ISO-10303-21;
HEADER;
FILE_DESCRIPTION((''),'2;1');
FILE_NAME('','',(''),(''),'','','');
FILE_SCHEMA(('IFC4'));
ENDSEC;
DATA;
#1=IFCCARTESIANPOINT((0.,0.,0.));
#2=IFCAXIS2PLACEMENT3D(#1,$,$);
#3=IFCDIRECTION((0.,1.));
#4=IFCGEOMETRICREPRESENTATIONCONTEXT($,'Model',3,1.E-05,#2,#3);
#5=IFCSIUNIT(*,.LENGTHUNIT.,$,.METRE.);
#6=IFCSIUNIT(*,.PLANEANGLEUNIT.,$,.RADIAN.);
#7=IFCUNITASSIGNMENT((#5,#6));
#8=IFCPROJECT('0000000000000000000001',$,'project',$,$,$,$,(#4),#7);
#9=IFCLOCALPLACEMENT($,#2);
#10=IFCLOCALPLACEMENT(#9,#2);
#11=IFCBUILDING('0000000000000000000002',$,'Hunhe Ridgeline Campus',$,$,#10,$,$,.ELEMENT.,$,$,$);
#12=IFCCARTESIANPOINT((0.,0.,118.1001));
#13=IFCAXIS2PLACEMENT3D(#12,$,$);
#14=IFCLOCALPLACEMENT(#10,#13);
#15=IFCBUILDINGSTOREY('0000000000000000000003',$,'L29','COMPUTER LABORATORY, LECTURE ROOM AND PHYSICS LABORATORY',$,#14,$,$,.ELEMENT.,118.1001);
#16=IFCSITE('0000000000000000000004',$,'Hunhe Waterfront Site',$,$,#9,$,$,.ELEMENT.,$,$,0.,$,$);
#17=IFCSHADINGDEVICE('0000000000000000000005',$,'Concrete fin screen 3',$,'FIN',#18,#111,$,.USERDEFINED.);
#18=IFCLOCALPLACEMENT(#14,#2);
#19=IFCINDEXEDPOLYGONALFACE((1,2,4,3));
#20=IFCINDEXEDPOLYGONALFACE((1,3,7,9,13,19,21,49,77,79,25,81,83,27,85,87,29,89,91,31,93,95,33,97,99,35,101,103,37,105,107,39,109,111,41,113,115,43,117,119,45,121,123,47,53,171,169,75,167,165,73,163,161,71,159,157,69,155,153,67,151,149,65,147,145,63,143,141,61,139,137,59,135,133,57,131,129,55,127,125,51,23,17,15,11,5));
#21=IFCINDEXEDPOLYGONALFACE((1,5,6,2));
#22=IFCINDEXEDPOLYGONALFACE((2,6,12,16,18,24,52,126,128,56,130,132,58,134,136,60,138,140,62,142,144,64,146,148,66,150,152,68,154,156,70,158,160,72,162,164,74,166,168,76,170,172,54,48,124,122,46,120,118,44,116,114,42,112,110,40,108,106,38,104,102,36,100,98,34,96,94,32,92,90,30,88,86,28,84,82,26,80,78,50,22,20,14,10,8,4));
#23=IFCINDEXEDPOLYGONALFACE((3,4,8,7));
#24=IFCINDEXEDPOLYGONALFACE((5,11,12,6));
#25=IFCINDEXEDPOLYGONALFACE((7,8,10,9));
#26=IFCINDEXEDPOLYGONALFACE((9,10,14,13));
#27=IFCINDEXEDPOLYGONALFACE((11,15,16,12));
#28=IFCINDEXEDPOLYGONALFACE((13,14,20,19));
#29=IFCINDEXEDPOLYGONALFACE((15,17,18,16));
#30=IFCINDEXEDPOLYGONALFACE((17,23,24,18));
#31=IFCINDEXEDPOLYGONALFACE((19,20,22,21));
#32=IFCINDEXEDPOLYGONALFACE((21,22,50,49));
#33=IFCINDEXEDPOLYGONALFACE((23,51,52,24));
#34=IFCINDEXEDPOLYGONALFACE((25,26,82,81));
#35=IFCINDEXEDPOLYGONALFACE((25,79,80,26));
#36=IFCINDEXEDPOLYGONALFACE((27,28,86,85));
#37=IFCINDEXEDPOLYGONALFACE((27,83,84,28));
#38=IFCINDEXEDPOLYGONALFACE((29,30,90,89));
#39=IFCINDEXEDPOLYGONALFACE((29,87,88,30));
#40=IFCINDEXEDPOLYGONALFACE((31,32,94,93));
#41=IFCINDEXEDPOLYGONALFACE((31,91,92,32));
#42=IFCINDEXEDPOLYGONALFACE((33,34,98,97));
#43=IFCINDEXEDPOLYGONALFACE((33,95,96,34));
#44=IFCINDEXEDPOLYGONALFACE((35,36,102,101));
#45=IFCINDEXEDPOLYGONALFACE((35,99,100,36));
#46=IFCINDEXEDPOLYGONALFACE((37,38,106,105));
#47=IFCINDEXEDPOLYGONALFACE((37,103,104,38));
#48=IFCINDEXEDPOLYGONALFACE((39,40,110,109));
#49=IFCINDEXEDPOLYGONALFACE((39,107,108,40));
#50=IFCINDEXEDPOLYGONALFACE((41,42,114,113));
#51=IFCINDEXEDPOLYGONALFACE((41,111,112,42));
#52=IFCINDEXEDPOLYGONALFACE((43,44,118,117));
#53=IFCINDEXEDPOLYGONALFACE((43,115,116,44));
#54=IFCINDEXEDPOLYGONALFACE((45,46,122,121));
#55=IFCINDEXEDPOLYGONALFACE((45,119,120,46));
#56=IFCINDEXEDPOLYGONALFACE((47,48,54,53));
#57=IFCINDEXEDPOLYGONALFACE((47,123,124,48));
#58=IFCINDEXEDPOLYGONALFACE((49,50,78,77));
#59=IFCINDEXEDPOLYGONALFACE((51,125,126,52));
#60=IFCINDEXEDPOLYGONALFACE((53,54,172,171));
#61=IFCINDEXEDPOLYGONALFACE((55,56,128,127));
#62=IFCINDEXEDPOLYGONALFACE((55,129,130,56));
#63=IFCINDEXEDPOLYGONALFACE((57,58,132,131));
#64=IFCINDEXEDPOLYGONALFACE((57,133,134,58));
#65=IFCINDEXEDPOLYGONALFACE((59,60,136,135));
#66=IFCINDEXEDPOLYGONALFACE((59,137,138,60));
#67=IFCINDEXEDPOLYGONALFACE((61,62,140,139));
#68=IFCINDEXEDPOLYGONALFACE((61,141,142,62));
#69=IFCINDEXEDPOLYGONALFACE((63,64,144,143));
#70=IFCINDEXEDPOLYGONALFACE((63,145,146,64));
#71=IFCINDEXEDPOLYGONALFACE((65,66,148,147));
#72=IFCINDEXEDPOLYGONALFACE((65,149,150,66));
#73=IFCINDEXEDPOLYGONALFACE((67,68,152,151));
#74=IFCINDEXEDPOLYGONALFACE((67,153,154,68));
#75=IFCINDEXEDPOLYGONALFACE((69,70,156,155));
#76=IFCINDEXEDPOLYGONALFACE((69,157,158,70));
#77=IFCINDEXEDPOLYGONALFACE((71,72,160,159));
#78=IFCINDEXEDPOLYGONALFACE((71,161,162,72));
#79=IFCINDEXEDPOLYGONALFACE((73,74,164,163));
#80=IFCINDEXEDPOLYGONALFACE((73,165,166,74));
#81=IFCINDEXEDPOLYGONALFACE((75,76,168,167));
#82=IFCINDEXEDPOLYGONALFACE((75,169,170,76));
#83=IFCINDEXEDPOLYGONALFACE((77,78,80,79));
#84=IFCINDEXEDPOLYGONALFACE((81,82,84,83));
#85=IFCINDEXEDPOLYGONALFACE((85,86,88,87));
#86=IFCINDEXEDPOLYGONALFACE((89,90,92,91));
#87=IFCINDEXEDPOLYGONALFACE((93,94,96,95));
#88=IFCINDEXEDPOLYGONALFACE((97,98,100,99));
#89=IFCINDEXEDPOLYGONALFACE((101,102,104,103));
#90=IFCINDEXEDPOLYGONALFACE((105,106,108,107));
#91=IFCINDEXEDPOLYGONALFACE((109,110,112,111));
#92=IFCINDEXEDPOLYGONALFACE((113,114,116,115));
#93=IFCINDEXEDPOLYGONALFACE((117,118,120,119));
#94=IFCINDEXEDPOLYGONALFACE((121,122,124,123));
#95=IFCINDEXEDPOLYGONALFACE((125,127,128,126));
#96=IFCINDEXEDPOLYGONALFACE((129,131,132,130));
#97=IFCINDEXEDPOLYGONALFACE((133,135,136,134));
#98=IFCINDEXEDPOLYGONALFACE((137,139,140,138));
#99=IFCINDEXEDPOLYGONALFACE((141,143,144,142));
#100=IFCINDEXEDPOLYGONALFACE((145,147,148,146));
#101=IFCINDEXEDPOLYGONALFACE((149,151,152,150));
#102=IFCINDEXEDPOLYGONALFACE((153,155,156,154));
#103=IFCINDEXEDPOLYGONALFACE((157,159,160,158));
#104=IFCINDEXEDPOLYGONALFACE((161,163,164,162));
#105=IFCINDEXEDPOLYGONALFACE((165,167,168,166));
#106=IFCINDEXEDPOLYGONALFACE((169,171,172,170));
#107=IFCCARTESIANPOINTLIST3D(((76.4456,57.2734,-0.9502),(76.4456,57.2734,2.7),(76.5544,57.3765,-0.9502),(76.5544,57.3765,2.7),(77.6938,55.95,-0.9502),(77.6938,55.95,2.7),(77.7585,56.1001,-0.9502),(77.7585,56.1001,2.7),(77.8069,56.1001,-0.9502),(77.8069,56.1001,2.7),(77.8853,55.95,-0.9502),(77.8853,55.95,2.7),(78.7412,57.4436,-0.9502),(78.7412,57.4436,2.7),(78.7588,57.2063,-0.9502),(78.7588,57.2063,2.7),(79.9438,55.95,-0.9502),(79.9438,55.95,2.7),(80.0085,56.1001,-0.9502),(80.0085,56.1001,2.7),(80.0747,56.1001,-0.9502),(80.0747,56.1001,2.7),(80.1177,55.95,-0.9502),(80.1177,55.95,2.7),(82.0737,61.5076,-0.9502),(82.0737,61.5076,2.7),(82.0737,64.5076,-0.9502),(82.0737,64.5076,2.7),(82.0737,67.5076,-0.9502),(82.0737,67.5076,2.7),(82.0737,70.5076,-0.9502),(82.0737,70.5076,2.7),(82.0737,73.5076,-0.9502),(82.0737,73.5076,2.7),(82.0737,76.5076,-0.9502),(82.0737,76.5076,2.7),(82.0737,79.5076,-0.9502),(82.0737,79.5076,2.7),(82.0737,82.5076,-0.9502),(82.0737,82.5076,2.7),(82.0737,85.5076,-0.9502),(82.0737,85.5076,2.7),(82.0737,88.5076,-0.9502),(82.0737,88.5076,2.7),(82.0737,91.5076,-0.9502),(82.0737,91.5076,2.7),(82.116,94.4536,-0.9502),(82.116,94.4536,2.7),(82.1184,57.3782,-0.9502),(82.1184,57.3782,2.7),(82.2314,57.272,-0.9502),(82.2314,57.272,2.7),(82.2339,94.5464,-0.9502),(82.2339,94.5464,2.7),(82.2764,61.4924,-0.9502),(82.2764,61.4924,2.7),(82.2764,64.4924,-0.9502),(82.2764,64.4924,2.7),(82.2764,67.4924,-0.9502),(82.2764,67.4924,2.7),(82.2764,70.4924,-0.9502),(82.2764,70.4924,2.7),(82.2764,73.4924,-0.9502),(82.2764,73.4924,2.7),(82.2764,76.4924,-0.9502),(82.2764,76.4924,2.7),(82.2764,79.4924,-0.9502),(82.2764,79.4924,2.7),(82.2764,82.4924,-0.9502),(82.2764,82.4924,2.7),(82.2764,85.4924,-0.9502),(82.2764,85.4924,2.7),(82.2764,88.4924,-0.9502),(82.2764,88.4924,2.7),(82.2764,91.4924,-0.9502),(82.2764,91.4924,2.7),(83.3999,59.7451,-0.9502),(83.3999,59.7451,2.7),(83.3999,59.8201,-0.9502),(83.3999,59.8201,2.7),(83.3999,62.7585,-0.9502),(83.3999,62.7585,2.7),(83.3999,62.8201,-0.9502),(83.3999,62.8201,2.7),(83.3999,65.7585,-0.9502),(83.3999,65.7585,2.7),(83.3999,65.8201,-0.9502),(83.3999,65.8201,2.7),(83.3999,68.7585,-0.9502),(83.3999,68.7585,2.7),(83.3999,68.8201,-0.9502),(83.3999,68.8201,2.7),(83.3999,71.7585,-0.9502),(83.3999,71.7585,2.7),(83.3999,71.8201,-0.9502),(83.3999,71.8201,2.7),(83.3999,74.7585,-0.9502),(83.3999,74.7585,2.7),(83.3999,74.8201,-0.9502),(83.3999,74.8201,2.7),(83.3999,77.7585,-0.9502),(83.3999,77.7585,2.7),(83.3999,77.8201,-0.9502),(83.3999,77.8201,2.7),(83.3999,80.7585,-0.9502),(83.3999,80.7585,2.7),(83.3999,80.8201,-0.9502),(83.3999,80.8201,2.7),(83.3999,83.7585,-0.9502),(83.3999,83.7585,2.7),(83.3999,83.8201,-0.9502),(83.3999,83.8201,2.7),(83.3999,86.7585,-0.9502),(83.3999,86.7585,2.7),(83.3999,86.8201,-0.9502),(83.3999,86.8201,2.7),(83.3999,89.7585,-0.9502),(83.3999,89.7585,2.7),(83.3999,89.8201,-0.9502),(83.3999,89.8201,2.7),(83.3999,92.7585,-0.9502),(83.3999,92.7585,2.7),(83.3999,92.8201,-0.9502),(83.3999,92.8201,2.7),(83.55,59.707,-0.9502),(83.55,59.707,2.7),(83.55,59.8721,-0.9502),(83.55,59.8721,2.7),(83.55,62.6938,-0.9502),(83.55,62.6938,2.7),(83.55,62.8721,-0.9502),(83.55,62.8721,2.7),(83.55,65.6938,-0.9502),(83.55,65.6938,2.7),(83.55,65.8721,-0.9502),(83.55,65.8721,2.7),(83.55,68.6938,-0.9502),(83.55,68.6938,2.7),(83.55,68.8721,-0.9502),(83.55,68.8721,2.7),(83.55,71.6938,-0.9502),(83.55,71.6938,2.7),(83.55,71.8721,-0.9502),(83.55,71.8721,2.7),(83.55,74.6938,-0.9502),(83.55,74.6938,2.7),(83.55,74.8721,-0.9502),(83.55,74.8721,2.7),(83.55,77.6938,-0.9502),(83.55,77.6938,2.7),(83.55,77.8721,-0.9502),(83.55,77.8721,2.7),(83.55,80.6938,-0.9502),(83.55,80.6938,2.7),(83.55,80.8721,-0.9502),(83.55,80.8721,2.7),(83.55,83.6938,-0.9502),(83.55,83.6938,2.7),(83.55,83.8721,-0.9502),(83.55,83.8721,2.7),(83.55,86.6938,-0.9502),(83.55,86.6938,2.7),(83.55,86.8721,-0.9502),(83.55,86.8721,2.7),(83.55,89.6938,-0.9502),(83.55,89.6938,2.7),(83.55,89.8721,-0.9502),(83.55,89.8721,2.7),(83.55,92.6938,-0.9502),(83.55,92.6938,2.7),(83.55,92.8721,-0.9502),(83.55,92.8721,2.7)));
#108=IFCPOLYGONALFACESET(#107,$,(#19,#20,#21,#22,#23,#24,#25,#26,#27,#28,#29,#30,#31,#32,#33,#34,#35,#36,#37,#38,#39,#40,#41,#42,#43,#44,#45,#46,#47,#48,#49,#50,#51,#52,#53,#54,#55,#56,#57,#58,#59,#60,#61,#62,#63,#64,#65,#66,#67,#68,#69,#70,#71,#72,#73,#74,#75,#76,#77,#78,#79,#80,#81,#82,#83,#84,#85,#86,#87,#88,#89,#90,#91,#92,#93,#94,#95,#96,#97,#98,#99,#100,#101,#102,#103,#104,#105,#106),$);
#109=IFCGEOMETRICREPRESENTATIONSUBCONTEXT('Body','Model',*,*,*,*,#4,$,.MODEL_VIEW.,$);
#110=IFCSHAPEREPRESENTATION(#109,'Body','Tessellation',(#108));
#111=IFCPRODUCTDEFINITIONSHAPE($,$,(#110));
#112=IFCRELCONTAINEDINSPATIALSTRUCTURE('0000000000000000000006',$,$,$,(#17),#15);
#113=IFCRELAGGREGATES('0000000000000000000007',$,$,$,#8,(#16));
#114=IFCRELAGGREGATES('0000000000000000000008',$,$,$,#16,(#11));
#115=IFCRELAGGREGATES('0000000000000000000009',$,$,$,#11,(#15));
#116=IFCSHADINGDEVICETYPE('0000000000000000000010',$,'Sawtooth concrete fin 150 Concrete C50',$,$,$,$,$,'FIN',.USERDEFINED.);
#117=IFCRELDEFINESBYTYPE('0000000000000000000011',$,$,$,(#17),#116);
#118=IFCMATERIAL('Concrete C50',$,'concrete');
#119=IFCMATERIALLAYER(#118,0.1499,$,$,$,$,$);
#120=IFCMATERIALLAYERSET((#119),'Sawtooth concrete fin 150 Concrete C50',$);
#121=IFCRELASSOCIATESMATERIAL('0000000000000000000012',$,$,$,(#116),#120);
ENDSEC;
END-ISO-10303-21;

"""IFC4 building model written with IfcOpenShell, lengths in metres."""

from ifc_helpers import new_model, si_unit, direction, frame, origin, place, context, subcontext, project, spatial, polyline, outline, extrude, material, layer, layer_set, type_object, element, save


model = new_model("IFC4")

# Units and contexts
model_context = context("Model", 3, precision=1e-05, world=origin(), true_north=direction((0.0, 1.0)))
body_context = subcontext(model_context, "Body", "Model", "MODEL_VIEW")
ifc_project = project(units=[si_unit("LENGTHUNIT", "METRE"), si_unit("PLANEANGLEUNIT", "RADIAN")], contexts=[model_context])

# Site, building, storey
site_placement = place(None, origin())
site = spatial("IfcSite", under=ifc_project, at=site_placement, Name="Hunhe Waterfront Site", CompositionType="ELEMENT", RefElevation=0.0)
building_placement = place(site_placement, origin())
building = spatial("IfcBuilding", under=site, at=building_placement, Name="Hunhe Ridgeline Campus", CompositionType="ELEMENT")
storey_placement = place(building_placement, frame((0.0, 0.0, 118.1001)))
storey = spatial("IfcBuildingStorey", under=building, at=storey_placement, Name="L29", Description="COMPUTER LABORATORY, LECTURE ROOM AND PHYSICS LABORATORY", CompositionType="ELEMENT", Elevation=118.1001)

# Shading device
ifc_material_1 = material(Name="Concrete C50", Category="concrete")
ifc_layer_1 = layer(ifc_material_1, 0.1499)
ifc_layer_set_1 = layer_set([ifc_layer_1], Name="Sawtooth concrete fin 150 Concrete C50")
shading_device_type = type_object("IfcShadingDeviceType", Name="Sawtooth concrete fin 150 Concrete C50", ElementType="FIN", PredefinedType="USERDEFINED", material=ifc_layer_set_1)
shading_device_1_placement = place(storey_placement, frame((0.0, 0.0, -0.9502)))
element("IfcShadingDevice", 1, at=shading_device_1_placement, inside=storey, type_object=shading_device_type, Name="Concrete fin screen 3", ObjectType="FIN", PredefinedType="USERDEFINED", context=body_context, shape_type="SweptSolid", body=[
    extrude(outline(polyline([(76.5544, 57.3765), (76.4456, 57.2734), (77.6938, 55.95), (77.8853, 55.95), (78.7588, 57.2063), (79.9438, 55.95), (80.1177, 55.95), (82.2314, 57.272), (83.55, 59.707), (83.55, 59.8721), (82.2764, 61.4924), (83.55, 62.6938), (83.55, 62.8721), (82.2764, 64.4924), (83.55, 65.6938), (83.55, 65.8721), (82.2764, 67.4924), (83.55, 68.6938), (83.55, 68.8721), (82.2764, 70.4924), (83.55, 71.6938), (83.55, 71.8721), (82.2764, 73.4924), (83.55, 74.6938), (83.55, 74.8721), (82.2764, 76.4924), (83.55, 77.6938), (83.55, 77.8721), (82.2764, 79.4924), (83.55, 80.6938), (83.55, 80.8721), (82.2764, 82.4924), (83.55, 83.6938), (83.55, 83.8721), (82.2764, 85.4924), (83.55, 86.6938), (83.55, 86.8721), (82.2764, 88.4924), (83.55, 89.6938), (83.55, 89.8721), (82.2764, 91.4924), (83.55, 92.6938), (83.55, 92.8721), (82.2339, 94.5464), (82.116, 94.4536), (83.3999, 92.8201), (83.3999, 92.7585), (82.0737, 91.5076), (83.3999, 89.8201), (83.3999, 89.7585), (82.0737, 88.5076), (83.3999, 86.8201), (83.3999, 86.7585), (82.0737, 85.5076), (83.3999, 83.8201), (83.3999, 83.7585), (82.0737, 82.5076), (83.3999, 80.8201), (83.3999, 80.7585), (82.0737, 79.5076), (83.3999, 77.8201), (83.3999, 77.7585), (82.0737, 76.5076), (83.3999, 74.8201), (83.3999, 74.7585), (82.0737, 73.5076), (83.3999, 71.8201), (83.3999, 71.7585), (82.0737, 70.5076), (83.3999, 68.8201), (83.3999, 68.7585), (82.0737, 67.5076), (83.3999, 65.8201), (83.3999, 65.7585), (82.0737, 64.5076), (83.3999, 62.8201), (83.3999, 62.7585), (82.0737, 61.5076), (83.3999, 59.8201), (83.3999, 59.7451), (82.1184, 57.3782), (80.0747, 56.1001), (80.0085, 56.1001), (78.7412, 57.4436), (77.8069, 56.1001), (77.7585, 56.1001), (76.5544, 57.3765)])), origin(), (0.0, 0.0, 1.0), 3.6501),
])

save(model, "model.ifc")
